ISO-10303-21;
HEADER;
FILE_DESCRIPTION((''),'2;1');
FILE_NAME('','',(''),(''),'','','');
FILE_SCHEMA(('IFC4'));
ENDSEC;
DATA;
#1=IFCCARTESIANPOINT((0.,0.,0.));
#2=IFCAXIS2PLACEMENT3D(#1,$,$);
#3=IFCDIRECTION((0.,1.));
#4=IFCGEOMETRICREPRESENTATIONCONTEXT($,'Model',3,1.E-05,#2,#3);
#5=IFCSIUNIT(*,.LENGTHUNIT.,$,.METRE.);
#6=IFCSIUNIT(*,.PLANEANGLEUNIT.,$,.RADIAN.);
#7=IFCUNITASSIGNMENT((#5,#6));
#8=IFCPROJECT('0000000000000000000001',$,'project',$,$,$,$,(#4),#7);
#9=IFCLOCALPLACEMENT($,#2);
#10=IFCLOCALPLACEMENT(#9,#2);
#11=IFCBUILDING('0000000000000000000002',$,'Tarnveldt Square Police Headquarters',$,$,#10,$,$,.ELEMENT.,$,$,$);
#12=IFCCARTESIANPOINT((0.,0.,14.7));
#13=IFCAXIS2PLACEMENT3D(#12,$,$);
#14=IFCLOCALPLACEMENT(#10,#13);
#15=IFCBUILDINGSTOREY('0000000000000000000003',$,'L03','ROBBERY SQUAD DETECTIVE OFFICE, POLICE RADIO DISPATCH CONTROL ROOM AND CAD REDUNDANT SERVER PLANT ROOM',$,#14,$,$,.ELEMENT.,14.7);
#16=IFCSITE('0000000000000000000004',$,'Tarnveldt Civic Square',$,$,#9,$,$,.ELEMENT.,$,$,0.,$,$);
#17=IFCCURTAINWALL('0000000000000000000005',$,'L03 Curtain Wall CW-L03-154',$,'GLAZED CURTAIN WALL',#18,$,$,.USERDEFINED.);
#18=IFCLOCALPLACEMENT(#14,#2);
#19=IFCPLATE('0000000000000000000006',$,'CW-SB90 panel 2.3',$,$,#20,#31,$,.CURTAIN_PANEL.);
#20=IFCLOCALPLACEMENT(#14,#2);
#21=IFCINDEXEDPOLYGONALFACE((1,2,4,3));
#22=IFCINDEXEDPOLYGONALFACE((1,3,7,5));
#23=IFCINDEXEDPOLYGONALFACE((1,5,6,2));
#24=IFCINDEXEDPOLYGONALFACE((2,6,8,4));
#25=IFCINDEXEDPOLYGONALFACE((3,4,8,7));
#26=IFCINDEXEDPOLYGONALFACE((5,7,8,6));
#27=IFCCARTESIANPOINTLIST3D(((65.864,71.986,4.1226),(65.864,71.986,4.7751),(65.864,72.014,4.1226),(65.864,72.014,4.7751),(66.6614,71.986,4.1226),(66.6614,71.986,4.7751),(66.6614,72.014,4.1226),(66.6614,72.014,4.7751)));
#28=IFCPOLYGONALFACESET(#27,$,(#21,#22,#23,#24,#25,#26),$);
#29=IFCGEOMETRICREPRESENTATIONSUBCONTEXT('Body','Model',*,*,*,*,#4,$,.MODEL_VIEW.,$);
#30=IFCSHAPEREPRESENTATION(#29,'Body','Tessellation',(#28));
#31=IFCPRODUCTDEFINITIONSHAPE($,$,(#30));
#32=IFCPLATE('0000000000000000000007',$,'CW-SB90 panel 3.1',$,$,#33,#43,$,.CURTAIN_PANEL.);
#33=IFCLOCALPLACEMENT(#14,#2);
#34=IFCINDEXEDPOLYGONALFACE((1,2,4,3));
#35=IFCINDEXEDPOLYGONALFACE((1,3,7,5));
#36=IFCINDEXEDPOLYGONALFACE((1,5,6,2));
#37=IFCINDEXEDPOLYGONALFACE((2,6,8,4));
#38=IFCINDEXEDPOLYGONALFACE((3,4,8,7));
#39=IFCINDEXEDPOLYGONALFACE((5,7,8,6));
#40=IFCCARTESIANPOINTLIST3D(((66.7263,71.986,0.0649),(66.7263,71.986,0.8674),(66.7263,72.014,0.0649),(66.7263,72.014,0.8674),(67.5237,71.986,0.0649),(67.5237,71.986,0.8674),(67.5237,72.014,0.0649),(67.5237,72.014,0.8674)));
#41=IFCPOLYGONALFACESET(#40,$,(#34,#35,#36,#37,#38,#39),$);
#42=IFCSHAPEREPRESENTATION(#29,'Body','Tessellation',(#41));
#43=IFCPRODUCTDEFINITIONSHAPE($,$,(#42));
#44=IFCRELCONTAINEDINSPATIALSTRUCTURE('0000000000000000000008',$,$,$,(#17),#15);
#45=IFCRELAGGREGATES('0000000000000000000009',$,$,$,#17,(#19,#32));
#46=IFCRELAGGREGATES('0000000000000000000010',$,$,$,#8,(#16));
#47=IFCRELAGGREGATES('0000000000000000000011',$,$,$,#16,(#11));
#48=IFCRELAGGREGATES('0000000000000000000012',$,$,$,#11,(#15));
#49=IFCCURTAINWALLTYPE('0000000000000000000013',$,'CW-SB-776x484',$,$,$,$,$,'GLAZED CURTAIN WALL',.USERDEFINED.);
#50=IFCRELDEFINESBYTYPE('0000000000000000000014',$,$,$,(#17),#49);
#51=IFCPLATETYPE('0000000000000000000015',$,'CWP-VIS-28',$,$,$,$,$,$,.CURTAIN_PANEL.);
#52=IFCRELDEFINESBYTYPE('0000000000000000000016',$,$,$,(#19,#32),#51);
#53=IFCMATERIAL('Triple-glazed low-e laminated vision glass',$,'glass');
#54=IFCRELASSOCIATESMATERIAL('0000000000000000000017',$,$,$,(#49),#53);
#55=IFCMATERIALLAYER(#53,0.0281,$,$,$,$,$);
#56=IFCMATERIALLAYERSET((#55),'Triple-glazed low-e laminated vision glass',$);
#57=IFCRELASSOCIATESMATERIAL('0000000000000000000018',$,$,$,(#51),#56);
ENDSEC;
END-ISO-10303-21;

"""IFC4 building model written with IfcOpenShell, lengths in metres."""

from ifc_helpers import new_model, si_unit, direction, frame, origin, origin_2d, place, context, subcontext, project, spatial, rectangle, extrude, material, layer, layer_set, type_object, element, aggregate, save


model = new_model("IFC4")

# Units and contexts
model_context = context("Model", 3, precision=1e-05, world=origin(), true_north=direction((0.0, 1.0)))
body_context = subcontext(model_context, "Body", "Model", "MODEL_VIEW")
ifc_project = project(units=[si_unit("LENGTHUNIT", "METRE"), si_unit("PLANEANGLEUNIT", "RADIAN")], contexts=[model_context])

# Site, building, storey
site_placement = place(None, origin())
site = spatial("IfcSite", under=ifc_project, at=site_placement, Name="Tarnveldt Civic Square", CompositionType="ELEMENT", RefElevation=0.0)
building_placement = place(site_placement, origin())
building = spatial("IfcBuilding", under=site, at=building_placement, Name="Tarnveldt Square Police Headquarters", CompositionType="ELEMENT")
storey_placement = place(building_placement, frame((0.0, 0.0, 14.7)))
storey = spatial("IfcBuildingStorey", under=building, at=storey_placement, Name="L03", Description="ROBBERY SQUAD DETECTIVE OFFICE, POLICE RADIO DISPATCH CONTROL ROOM AND CAD REDUNDANT SERVER PLANT ROOM", CompositionType="ELEMENT", Elevation=14.7)

# Shared definitions
ifc_material_1 = material(Name="Triple-glazed low-e laminated vision glass", Category="glass")
curtain_wall_type = type_object("IfcCurtainWallType", Name="CW-SB-776x484", ElementType="GLAZED CURTAIN WALL", PredefinedType="USERDEFINED", material=ifc_material_1)

# Curtain wall
curtain_wall_1_placement = place(storey_placement, origin())
curtain_wall_1 = element("IfcCurtainWall", 1, at=curtain_wall_1_placement, inside=storey, type_object=curtain_wall_type, Name="L03 Curtain Wall CW-L03-154", ObjectType="GLAZED CURTAIN WALL", PredefinedType="USERDEFINED")

# Plates
ifc_layer = layer(ifc_material_1, 0.0281)
ifc_layer_set = layer_set([ifc_layer], Name="Triple-glazed low-e laminated vision glass")
plate_type = type_object("IfcPlateType", Name="CWP-VIS-28", PredefinedType="CURTAIN_PANEL", material=ifc_layer_set)
plate_1_placement = place(storey_placement, frame((66.2627, 72.0, 4.1226), z_axis=(0.0, 0.0, 1.0), x_axis=(1.0, 0.0, 0.0)))
plate_1 = element("IfcPlate", 2, at=plate_1_placement, type_object=plate_type, Name="CW-SB90 panel 2.3", PredefinedType="CURTAIN_PANEL", context=body_context, shape_type="SweptSolid", body=[
    extrude(rectangle(XDim=0.7974, YDim=0.0281, at=origin_2d()), origin(), (0.0, 0.0, 1.0), 0.6526),
])
plate_2_placement = place(storey_placement, frame((67.125, 72.0, 0.0649), z_axis=(0.0, 0.0, 1.0), x_axis=(1.0, 0.0, 0.0)))
plate_2 = element("IfcPlate", 3, at=plate_2_placement, type_object=plate_type, Name="CW-SB90 panel 3.1", PredefinedType="CURTAIN_PANEL", context=body_context, shape_type="SweptSolid", body=[
    extrude(rectangle(XDim=0.7974, YDim=0.0281, at=origin_2d()), origin(), (0.0, 0.0, 1.0), 0.8025),
])
aggregate(curtain_wall_1, [plate_1, plate_2])

save(model, "model.ifc")
